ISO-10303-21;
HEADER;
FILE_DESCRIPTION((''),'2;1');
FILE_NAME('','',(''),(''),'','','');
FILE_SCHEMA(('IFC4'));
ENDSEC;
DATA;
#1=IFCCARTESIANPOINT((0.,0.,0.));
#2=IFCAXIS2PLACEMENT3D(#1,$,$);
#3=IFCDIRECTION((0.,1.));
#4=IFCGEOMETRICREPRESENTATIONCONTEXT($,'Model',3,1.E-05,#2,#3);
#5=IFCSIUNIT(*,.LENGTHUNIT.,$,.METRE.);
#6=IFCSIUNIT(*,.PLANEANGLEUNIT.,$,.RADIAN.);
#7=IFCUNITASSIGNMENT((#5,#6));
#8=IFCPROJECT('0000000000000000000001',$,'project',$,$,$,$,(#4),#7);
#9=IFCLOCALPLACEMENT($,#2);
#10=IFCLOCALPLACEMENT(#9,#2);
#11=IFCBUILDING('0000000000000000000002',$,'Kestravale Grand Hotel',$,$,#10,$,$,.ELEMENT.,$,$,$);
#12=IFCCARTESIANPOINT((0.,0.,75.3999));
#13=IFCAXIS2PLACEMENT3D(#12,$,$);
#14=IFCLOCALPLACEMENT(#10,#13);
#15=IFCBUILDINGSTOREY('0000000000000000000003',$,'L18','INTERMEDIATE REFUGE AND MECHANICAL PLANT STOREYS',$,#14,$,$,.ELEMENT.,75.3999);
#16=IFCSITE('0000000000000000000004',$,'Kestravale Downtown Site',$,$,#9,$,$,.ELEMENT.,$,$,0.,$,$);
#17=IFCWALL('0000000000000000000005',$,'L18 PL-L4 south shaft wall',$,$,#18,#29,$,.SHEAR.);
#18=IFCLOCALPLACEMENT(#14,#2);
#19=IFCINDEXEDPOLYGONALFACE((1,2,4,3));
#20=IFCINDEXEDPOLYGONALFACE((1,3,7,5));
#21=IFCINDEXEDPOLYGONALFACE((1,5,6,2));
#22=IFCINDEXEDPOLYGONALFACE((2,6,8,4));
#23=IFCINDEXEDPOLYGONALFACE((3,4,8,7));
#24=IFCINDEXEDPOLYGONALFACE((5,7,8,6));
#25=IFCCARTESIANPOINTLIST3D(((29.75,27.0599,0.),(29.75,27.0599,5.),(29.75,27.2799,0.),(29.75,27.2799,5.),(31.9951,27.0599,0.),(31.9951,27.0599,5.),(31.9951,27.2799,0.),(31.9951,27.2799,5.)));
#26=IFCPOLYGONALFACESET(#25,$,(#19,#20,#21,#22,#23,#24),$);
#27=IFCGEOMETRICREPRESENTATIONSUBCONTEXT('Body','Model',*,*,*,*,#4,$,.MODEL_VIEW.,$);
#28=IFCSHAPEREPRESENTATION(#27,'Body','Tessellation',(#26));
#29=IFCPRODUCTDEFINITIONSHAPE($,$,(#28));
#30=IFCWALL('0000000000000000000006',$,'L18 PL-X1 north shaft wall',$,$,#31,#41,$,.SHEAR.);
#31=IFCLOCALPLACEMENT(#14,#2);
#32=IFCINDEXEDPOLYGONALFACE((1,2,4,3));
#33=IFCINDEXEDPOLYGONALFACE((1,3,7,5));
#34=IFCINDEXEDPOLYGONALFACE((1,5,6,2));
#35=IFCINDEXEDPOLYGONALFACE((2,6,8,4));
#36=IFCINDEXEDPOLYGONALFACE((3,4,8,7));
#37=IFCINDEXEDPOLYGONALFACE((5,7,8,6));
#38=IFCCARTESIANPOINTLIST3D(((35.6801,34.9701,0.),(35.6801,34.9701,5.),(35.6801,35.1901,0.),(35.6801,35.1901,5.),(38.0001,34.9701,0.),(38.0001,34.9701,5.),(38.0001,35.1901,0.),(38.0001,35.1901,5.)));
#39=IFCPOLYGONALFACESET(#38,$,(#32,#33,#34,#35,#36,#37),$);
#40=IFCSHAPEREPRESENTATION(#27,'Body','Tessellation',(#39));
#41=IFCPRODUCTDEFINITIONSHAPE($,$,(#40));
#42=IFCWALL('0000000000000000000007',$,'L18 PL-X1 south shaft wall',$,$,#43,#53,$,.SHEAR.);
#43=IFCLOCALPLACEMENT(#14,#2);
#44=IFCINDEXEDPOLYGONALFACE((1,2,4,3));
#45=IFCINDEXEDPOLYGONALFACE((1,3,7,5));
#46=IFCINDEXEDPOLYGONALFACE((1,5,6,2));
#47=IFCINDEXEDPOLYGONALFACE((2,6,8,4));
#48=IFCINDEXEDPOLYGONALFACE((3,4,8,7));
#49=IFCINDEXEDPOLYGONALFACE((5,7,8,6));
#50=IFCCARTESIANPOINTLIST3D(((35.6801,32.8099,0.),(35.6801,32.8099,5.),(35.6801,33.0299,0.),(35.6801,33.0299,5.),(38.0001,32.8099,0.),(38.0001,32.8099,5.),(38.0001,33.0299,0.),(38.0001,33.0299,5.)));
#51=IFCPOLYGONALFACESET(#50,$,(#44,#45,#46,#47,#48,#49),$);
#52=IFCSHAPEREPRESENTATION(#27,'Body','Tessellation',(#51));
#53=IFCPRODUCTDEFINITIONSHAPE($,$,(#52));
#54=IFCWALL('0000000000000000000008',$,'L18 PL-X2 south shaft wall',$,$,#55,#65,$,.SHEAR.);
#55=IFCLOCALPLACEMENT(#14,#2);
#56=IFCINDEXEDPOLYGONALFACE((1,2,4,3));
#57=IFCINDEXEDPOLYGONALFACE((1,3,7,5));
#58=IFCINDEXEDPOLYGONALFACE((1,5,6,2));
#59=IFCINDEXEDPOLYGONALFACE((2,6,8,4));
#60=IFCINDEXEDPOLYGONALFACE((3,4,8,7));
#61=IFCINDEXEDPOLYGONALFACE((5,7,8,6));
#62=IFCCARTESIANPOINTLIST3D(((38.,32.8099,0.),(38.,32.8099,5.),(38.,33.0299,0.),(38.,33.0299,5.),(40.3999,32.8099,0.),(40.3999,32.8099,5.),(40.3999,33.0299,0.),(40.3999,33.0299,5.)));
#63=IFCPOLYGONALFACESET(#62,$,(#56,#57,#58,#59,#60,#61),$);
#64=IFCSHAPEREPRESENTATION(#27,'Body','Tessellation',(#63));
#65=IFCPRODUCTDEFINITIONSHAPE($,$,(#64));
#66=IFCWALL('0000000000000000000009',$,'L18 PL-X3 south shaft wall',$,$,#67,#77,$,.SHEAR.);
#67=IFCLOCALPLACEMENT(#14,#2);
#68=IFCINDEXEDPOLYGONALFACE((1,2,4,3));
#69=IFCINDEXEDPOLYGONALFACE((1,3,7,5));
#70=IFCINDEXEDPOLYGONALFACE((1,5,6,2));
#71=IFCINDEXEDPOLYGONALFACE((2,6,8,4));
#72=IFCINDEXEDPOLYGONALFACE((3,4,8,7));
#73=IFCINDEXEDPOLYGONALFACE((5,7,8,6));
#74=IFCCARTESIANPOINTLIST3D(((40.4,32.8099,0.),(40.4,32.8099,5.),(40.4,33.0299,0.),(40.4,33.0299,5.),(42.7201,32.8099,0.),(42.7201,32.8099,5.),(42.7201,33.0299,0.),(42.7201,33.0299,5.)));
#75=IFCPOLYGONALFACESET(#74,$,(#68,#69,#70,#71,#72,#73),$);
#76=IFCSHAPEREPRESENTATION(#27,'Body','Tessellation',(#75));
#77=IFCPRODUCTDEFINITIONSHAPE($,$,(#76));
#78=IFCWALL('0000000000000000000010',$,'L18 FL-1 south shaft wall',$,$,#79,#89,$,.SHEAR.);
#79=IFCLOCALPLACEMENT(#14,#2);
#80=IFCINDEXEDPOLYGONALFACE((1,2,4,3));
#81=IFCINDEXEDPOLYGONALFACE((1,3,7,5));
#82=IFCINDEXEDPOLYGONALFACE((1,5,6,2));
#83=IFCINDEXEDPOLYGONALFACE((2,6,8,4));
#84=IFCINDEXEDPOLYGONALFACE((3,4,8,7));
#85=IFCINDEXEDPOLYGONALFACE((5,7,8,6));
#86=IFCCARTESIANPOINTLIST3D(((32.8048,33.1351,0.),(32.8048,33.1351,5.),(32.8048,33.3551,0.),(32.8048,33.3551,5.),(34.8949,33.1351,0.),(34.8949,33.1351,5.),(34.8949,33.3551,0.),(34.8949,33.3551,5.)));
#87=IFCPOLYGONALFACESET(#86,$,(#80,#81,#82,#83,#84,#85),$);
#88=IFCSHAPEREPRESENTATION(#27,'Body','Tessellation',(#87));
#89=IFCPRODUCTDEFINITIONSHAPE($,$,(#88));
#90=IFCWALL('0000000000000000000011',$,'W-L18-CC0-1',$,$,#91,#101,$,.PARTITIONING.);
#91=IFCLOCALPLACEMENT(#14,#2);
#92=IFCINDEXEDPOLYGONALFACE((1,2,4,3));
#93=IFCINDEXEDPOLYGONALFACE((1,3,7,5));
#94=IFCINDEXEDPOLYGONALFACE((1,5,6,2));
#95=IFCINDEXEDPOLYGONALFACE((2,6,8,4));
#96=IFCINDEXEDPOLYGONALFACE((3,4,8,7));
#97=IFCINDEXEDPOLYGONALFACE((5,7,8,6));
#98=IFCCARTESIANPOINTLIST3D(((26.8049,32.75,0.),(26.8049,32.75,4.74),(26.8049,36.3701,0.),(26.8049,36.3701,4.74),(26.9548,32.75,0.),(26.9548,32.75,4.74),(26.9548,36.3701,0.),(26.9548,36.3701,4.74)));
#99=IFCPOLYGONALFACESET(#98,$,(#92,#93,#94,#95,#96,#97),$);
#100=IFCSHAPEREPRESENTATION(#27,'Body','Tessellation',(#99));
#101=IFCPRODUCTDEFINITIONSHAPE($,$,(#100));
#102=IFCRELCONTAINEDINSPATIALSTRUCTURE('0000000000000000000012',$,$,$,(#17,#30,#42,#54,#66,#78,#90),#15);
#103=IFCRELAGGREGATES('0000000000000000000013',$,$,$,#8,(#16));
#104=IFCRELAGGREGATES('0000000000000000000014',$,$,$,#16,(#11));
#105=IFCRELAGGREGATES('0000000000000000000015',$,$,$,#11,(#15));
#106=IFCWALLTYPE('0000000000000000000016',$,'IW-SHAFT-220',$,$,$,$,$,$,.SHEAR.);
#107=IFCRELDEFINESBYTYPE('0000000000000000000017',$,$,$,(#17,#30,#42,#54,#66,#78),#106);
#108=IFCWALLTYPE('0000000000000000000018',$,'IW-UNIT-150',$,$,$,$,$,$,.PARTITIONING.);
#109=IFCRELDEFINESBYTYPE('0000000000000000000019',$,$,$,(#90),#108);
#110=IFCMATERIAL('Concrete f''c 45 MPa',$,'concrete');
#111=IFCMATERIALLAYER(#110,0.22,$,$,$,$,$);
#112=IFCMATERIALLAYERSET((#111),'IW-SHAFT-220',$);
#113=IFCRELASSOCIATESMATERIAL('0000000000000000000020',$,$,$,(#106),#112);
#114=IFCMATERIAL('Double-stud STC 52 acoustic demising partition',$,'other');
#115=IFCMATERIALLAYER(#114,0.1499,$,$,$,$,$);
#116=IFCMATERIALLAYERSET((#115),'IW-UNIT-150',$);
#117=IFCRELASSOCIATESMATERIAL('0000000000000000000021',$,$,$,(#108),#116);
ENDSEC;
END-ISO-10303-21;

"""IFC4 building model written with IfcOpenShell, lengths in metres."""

from ifc_helpers import new_model, si_unit, direction, frame, frame_2d, origin, place, context, subcontext, project, spatial, rectangle, extrude, material, layer, layer_set, type_object, element, save


model = new_model("IFC4")

# Units and contexts
model_context = context("Model", 3, precision=1e-05, world=origin(), true_north=direction((0.0, 1.0)))
body_context = subcontext(model_context, "Body", "Model", "MODEL_VIEW")
ifc_project = project(units=[si_unit("LENGTHUNIT", "METRE"), si_unit("PLANEANGLEUNIT", "RADIAN")], contexts=[model_context])

# Site, building, storey
site_placement = place(None, origin())
site = spatial("IfcSite", under=ifc_project, at=site_placement, Name="Kestravale Downtown Site", CompositionType="ELEMENT", RefElevation=0.0)
building_placement = place(site_placement, origin())
building = spatial("IfcBuilding", under=site, at=building_placement, Name="Kestravale Grand Hotel", CompositionType="ELEMENT")
storey_placement = place(building_placement, frame((0.0, 0.0, 75.3999)))
storey = spatial("IfcBuildingStorey", under=building, at=storey_placement, Name="L18", Description="INTERMEDIATE REFUGE AND MECHANICAL PLANT STOREYS", CompositionType="ELEMENT", Elevation=75.3999)

# Walls
ifc_material_1 = material(Name="Concrete f'c 45 MPa", Category="concrete")
ifc_layer_1 = layer(ifc_material_1, 0.22)
ifc_layer_set_1 = layer_set([ifc_layer_1], Name="IW-SHAFT-220")
wall_type_1 = type_object("IfcWallType", Name="IW-SHAFT-220", PredefinedType="SHEAR", material=ifc_layer_set_1)
for number, where, z_axis, x_axis, name in (
    (1, (29.75, 27.1699, 0.0), (0.0, 0.0, 1.0), (1.0, 0.0, 0.0), "L18 PL-L4 south shaft wall"),
):
    element("IfcWall", number, at=place(storey_placement, frame(where, z_axis=z_axis, x_axis=x_axis)), inside=storey, type_object=wall_type_1, Name=name, PredefinedType="SHEAR", context=body_context, shape_type="SweptSolid", body=[
        extrude(rectangle(XDim=2.2451, YDim=0.22, at=frame_2d((1.1226, 0.0))), origin(), (0.0, 0.0, 1.0), 5.0),
    ])
for number, where, z_axis, x_axis, name in (
    (2, (35.6799, 35.0801, 0.0), (0.0, 0.0, 1.0), (1.0, 0.0, 0.0), "L18 PL-X1 north shaft wall"),
    (3, (35.6799, 32.9199, 0.0), (0.0, 0.0, 1.0), (1.0, 0.0, 0.0), "L18 PL-X1 south shaft wall"),
):
    element("IfcWall", number, at=place(storey_placement, frame(where, z_axis=z_axis, x_axis=x_axis)), inside=storey, type_object=wall_type_1, Name=name, PredefinedType="SHEAR", context=body_context, shape_type="SweptSolid", body=[
        extrude(rectangle(XDim=2.3201, YDim=0.22, at=frame_2d((1.1602, 0.0))), origin(), (0.0, 0.0, 1.0), 5.0),
    ])
wall_1_placement = place(storey_placement, frame((38.0, 32.9199, 0.0), z_axis=(0.0, 0.0, 1.0), x_axis=(1.0, 0.0, 0.0)))
element("IfcWall", 4, at=wall_1_placement, inside=storey, type_object=wall_type_1, Name="L18 PL-X2 south shaft wall", PredefinedType="SHEAR", context=body_context, shape_type="SweptSolid", body=[
    extrude(rectangle(XDim=2.3999, YDim=0.22, at=frame_2d((1.2, 0.0))), origin(), (0.0, 0.0, 1.0), 5.0),
])
wall_2_placement = place(storey_placement, frame((40.3999, 32.9199, 0.0), z_axis=(0.0, 0.0, 1.0), x_axis=(1.0, 0.0, 0.0)))
element("IfcWall", 5, at=wall_2_placement, inside=storey, type_object=wall_type_1, Name="L18 PL-X3 south shaft wall", PredefinedType="SHEAR", context=body_context, shape_type="SweptSolid", body=[
    extrude(rectangle(XDim=2.3201, YDim=0.22, at=frame_2d((1.1602, 0.0))), origin(), (0.0, 0.0, 1.0), 5.0),
])
wall_3_placement = place(storey_placement, frame((32.8049, 33.2451, 0.0), z_axis=(0.0, 0.0, 1.0), x_axis=(1.0, 0.0, 0.0)))
element("IfcWall", 6, at=wall_3_placement, inside=storey, type_object=wall_type_1, Name="L18 FL-1 south shaft wall", PredefinedType="SHEAR", context=body_context, shape_type="SweptSolid", body=[
    extrude(rectangle(XDim=2.0901, YDim=0.22, at=frame_2d((1.0449, 0.0))), origin(), (0.0, 0.0, 1.0), 5.0),
])
ifc_material_2 = material(Name="Double-stud STC 52 acoustic demising partition", Category="other")
ifc_layer_2 = layer(ifc_material_2, 0.1499)
ifc_layer_set_2 = layer_set([ifc_layer_2], Name="IW-UNIT-150")
wall_type_2 = type_object("IfcWallType", Name="IW-UNIT-150", PredefinedType="PARTITIONING", material=ifc_layer_set_2)
wall_4_placement = place(storey_placement, frame((26.8799, 32.75, 0.0), z_axis=(0.0, 0.0, 1.0), x_axis=(0.0, 1.0, 0.0)))
element("IfcWall", 7, at=wall_4_placement, inside=storey, type_object=wall_type_2, Name="W-L18-CC0-1", PredefinedType="PARTITIONING", context=body_context, shape_type="SweptSolid", body=[
    extrude(rectangle(XDim=3.6201, YDim=0.1499, at=frame_2d((1.8101, 0.0))), origin(), (0.0, 0.0, 1.0), 4.74),
])

save(model, "model.ifc")
